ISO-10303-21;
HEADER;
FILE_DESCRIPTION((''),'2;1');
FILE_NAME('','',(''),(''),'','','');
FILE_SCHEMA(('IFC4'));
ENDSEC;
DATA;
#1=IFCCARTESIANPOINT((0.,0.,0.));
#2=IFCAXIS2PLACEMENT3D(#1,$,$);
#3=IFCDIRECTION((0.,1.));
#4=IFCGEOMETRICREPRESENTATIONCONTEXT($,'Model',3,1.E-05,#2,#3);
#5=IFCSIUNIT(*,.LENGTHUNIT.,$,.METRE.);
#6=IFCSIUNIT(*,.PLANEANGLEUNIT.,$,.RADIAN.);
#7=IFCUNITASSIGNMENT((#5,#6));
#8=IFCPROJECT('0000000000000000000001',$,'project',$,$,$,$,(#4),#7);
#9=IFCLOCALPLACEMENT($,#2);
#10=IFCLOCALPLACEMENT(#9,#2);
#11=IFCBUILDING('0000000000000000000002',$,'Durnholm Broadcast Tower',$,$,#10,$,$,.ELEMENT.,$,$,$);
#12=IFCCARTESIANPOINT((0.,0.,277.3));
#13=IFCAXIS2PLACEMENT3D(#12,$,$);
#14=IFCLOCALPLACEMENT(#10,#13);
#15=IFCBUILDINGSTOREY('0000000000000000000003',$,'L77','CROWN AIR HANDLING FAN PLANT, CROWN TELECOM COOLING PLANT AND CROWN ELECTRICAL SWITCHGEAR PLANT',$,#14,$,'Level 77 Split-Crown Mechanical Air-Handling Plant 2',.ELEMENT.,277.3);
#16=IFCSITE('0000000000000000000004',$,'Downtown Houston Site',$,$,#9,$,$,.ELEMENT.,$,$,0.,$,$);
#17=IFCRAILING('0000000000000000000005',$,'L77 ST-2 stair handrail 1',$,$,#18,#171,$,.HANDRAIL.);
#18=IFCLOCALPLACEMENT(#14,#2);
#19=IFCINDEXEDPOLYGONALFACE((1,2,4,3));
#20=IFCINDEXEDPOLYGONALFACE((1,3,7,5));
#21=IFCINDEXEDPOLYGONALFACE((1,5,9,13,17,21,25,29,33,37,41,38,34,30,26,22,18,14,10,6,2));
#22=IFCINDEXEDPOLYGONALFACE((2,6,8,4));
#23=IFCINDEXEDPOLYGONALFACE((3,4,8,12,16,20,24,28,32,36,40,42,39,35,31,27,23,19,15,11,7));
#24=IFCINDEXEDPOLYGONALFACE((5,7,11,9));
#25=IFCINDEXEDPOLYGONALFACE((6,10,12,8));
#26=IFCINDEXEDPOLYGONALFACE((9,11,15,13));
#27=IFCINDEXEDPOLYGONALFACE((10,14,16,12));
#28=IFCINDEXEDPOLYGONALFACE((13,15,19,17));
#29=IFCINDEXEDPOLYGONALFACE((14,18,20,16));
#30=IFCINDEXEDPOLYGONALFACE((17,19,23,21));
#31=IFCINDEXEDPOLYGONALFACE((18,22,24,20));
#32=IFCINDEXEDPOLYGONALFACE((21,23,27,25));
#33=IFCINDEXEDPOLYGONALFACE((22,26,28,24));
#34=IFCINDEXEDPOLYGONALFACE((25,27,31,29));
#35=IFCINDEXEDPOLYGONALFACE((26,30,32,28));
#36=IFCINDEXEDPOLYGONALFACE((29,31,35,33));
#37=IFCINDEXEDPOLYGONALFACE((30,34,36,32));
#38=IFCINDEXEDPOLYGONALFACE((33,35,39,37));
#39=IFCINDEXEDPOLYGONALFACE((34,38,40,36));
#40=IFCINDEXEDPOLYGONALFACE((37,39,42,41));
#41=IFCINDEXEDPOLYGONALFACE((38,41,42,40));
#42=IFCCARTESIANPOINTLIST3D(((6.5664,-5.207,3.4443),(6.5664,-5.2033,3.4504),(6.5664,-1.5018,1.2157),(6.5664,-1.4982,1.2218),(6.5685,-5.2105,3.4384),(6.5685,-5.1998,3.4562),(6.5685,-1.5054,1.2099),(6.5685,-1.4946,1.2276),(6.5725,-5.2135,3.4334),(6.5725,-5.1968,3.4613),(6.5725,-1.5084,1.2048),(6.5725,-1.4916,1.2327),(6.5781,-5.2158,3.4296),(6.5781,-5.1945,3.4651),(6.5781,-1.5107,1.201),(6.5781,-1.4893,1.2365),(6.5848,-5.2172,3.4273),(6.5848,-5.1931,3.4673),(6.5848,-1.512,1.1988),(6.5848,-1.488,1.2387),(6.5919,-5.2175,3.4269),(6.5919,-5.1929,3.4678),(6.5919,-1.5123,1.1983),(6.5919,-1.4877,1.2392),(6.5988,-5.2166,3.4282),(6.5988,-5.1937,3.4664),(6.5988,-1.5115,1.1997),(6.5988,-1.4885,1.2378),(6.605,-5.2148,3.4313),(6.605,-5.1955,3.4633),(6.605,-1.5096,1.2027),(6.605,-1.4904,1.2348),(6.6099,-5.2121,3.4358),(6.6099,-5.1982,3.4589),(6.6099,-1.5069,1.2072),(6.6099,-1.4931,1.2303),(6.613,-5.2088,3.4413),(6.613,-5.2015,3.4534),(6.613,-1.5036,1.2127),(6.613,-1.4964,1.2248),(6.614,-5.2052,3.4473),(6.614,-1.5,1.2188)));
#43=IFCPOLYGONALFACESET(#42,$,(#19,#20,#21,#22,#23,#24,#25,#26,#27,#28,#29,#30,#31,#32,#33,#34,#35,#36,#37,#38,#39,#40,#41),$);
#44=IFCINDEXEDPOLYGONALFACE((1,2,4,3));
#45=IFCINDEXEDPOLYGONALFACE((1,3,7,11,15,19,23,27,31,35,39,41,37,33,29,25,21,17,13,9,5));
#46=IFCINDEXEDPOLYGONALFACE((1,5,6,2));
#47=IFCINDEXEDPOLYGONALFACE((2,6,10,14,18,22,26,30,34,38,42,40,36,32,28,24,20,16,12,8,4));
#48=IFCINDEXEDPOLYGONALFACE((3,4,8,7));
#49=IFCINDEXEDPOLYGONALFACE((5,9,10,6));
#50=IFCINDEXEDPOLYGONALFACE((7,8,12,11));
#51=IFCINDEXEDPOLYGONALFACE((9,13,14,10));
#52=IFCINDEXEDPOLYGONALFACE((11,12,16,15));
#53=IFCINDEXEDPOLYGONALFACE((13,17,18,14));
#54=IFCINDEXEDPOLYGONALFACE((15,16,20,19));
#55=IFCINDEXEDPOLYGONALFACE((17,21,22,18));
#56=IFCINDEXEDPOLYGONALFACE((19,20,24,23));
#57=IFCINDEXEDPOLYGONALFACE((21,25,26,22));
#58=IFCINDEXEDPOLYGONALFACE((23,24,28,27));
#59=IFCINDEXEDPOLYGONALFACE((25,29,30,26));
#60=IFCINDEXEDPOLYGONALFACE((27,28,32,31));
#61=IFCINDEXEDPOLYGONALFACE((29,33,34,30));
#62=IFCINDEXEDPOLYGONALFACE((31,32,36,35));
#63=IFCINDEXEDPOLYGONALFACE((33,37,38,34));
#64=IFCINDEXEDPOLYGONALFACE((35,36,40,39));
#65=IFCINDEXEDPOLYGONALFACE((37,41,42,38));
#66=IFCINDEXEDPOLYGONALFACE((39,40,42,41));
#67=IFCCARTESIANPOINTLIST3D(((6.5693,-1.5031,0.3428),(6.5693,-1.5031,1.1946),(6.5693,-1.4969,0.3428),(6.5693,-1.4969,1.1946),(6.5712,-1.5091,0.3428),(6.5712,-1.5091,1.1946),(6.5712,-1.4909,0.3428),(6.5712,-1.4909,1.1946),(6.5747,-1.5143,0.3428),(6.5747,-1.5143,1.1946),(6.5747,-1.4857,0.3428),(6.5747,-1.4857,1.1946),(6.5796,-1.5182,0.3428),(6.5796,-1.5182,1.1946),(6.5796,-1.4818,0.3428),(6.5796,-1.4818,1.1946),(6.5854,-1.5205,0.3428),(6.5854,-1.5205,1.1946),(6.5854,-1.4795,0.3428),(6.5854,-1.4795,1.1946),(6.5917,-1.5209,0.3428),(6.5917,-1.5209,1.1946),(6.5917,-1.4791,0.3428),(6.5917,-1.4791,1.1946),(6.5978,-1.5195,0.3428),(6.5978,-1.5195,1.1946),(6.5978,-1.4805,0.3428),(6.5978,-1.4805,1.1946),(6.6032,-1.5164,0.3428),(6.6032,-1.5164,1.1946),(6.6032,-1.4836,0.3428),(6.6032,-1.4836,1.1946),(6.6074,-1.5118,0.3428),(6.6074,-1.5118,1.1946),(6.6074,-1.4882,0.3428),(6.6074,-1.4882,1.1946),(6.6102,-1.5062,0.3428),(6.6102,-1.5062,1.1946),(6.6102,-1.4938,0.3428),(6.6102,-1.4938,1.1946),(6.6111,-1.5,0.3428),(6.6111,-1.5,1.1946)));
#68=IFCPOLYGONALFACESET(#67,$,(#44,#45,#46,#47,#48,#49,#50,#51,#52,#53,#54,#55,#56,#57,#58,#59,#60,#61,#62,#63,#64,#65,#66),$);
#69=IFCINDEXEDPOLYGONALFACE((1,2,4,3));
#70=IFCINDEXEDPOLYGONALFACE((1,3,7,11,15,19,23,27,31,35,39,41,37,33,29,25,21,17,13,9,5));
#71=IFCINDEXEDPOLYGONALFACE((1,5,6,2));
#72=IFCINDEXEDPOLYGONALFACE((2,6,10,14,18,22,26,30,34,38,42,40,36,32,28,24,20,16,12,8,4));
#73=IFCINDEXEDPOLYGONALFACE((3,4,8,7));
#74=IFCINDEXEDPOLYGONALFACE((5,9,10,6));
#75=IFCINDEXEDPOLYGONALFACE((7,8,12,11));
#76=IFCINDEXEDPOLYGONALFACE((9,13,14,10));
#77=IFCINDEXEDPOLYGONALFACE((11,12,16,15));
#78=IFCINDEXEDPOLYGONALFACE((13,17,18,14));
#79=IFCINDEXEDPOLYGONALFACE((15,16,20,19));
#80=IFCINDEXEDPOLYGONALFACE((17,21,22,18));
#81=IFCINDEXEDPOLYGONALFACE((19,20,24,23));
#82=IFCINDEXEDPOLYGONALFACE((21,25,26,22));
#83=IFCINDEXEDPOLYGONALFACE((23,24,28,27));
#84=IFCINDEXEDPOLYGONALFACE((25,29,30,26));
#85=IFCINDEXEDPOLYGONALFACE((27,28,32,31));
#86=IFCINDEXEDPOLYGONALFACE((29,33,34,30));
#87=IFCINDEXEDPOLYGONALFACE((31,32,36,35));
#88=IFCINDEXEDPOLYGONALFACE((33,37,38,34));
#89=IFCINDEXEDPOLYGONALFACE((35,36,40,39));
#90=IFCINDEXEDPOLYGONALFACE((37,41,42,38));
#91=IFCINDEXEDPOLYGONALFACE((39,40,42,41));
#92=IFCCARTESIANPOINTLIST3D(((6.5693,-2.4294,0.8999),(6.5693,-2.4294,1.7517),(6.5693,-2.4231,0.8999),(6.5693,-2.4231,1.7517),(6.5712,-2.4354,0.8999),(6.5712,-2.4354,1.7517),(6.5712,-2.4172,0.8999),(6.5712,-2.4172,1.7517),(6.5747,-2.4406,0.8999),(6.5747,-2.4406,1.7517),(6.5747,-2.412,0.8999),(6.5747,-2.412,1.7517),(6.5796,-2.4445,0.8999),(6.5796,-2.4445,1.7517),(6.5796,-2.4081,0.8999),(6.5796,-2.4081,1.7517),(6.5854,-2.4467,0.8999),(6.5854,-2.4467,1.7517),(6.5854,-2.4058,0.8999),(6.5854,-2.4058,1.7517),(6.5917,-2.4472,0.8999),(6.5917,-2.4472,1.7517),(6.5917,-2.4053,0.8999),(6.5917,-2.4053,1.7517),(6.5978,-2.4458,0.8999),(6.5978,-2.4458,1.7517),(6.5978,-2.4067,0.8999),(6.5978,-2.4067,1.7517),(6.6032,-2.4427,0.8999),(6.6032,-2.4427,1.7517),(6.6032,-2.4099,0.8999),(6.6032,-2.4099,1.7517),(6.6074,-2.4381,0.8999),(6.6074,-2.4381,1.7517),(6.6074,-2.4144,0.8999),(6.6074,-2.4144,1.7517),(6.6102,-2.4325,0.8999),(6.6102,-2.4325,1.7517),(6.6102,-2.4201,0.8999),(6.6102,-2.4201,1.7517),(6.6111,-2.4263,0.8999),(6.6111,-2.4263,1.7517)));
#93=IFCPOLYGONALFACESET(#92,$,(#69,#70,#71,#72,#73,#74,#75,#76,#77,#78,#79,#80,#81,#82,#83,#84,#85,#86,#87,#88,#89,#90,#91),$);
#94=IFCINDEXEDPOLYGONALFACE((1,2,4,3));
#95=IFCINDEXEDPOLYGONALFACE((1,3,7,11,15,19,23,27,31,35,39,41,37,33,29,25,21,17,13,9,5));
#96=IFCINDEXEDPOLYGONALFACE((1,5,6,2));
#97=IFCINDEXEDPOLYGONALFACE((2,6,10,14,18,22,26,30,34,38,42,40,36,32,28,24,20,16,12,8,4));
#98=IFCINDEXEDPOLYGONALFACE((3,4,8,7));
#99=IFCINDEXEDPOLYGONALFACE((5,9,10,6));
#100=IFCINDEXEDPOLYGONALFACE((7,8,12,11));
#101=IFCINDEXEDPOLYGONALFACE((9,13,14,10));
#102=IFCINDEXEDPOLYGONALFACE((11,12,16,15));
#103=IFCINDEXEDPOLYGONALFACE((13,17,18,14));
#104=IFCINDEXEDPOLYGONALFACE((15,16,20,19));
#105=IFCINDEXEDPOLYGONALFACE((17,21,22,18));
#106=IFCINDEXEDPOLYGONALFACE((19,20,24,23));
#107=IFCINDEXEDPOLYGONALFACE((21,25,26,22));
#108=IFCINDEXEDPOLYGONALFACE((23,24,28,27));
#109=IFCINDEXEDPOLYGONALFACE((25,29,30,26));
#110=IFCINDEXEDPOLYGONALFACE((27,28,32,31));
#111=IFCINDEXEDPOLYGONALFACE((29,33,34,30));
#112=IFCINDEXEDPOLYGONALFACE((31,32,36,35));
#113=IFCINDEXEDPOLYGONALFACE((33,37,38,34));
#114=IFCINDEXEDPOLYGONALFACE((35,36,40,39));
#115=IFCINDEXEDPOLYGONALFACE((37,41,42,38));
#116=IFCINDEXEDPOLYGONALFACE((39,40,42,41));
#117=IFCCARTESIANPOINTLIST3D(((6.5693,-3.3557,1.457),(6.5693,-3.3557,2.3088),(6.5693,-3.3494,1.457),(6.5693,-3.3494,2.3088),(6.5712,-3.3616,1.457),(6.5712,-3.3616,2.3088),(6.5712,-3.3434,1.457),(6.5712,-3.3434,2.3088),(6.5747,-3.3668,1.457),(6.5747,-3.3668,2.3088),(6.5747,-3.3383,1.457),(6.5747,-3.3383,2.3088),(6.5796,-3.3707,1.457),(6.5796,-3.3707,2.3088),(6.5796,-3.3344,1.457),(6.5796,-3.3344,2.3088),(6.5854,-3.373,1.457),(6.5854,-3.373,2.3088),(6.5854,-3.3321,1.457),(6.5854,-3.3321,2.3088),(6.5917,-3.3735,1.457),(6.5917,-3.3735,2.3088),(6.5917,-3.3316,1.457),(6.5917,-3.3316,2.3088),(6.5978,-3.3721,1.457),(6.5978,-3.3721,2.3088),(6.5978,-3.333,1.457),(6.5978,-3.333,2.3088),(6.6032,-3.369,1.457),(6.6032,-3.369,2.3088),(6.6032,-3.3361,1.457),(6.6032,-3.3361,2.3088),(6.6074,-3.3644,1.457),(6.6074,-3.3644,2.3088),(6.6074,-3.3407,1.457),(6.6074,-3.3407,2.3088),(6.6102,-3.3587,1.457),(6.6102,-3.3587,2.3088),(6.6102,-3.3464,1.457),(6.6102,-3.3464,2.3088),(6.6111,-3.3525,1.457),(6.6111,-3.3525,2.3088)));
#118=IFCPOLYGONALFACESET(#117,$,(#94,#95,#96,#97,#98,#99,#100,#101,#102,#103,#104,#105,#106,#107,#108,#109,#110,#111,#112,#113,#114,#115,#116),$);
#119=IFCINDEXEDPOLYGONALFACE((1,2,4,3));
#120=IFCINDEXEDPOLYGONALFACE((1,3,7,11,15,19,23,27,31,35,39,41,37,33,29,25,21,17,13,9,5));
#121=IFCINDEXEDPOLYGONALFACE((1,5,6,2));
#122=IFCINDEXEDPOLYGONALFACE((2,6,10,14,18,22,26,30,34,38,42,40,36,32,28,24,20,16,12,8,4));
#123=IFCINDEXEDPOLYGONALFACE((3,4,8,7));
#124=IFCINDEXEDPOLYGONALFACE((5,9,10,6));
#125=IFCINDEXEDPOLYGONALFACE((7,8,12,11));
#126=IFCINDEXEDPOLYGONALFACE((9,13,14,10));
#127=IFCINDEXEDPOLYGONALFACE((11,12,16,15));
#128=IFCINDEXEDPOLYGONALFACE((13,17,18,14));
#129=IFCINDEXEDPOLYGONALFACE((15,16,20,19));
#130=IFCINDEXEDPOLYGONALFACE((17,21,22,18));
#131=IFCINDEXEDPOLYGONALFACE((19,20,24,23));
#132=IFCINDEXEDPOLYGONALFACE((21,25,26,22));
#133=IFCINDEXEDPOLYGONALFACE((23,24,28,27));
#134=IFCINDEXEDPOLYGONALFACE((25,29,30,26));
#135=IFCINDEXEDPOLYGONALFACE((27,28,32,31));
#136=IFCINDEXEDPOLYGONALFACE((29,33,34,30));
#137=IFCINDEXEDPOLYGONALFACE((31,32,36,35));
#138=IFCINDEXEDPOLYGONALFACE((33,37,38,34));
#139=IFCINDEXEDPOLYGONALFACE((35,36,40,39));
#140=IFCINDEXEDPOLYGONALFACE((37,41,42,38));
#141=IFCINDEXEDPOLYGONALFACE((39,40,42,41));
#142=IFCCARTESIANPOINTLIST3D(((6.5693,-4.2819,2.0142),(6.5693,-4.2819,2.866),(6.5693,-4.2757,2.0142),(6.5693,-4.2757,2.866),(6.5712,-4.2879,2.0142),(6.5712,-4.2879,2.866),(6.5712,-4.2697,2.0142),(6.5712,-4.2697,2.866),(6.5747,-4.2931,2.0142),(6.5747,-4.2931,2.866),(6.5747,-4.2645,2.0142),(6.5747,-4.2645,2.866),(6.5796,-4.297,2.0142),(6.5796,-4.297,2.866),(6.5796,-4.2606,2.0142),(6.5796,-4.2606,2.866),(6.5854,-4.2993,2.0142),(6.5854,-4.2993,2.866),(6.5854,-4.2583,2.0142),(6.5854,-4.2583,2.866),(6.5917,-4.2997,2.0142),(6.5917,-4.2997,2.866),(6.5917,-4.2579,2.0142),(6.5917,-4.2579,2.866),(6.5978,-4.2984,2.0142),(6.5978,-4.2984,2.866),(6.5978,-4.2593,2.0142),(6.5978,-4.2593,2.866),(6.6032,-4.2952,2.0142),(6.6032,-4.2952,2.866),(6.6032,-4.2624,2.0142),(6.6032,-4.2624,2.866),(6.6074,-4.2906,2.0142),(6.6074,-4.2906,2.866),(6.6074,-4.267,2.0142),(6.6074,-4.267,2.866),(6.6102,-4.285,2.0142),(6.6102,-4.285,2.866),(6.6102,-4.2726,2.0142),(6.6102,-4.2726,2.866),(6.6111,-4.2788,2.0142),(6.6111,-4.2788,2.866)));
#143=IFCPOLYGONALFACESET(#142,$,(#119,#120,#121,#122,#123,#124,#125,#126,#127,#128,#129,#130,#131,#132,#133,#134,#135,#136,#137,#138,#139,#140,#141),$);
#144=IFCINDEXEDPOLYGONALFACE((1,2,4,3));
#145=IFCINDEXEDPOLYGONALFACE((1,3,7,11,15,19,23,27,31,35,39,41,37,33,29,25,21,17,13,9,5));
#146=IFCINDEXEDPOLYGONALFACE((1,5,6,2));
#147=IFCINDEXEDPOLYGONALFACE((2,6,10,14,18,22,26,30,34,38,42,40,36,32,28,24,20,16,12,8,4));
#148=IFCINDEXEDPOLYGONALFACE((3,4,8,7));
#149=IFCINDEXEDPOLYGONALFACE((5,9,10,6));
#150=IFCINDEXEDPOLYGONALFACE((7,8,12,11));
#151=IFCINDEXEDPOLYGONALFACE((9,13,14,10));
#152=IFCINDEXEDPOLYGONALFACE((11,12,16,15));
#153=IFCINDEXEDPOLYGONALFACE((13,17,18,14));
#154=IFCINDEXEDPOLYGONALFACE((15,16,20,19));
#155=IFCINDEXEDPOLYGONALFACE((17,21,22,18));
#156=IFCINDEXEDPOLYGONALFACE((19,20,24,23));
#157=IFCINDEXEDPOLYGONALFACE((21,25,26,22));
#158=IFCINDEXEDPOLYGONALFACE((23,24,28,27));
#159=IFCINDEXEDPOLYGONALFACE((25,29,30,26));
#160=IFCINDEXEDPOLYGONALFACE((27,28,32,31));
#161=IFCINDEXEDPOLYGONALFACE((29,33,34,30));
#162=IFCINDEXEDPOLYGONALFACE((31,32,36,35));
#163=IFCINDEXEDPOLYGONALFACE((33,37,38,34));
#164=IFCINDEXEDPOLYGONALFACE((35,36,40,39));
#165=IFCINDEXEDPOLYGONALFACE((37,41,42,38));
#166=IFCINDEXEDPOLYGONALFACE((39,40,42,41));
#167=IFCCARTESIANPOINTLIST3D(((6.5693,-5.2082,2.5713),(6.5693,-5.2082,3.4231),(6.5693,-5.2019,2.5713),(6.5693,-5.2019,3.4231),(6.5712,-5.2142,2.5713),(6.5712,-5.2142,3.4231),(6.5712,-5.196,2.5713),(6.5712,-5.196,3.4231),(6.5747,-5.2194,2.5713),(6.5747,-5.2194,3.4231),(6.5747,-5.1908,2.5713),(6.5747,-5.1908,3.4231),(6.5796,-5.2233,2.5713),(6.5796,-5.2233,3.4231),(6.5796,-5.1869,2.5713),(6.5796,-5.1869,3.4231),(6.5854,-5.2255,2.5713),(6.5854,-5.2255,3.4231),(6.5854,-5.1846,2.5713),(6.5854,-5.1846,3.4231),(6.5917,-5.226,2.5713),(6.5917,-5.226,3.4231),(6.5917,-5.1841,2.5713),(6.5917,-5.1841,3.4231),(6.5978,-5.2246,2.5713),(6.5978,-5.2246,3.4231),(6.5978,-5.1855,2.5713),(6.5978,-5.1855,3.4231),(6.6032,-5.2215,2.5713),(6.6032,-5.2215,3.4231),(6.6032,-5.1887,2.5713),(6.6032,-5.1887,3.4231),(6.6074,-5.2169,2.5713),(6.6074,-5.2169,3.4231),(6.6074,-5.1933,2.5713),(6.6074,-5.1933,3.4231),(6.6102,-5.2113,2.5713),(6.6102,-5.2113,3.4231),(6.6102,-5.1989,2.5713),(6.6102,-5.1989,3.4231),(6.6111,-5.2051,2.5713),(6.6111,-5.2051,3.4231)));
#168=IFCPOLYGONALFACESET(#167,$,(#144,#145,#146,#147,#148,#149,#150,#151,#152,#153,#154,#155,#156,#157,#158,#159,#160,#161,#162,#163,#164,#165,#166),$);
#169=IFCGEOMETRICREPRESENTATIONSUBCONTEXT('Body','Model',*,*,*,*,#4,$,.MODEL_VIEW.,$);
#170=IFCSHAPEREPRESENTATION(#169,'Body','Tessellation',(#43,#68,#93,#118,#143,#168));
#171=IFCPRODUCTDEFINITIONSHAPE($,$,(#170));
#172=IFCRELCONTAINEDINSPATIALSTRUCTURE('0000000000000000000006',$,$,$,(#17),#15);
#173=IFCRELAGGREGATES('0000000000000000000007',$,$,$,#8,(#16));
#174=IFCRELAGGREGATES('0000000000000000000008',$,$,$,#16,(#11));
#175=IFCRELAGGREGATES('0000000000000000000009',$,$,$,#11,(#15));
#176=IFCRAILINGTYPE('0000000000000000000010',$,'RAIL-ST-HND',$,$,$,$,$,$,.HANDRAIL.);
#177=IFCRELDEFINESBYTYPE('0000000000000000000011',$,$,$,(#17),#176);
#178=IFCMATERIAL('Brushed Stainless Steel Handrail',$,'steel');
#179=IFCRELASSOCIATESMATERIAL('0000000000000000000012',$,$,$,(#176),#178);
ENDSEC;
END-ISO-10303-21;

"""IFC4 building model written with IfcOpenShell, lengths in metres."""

from ifc_helpers import new_model, si_unit, direction, frame, origin, origin_2d, place, context, subcontext, project, spatial, circle, extrude, material, type_object, element, save


model = new_model("IFC4")

# Units and contexts
model_context = context("Model", 3, precision=1e-05, world=origin(), true_north=direction((0.0, 1.0)))
body_context = subcontext(model_context, "Body", "Model", "MODEL_VIEW")
ifc_project = project(units=[si_unit("LENGTHUNIT", "METRE"), si_unit("PLANEANGLEUNIT", "RADIAN")], contexts=[model_context])

# Site, building, storey
site_placement = place(None, origin())
site = spatial("IfcSite", under=ifc_project, at=site_placement, Name="Downtown Houston Site", CompositionType="ELEMENT", RefElevation=0.0)
building_placement = place(site_placement, origin())
building = spatial("IfcBuilding", under=site, at=building_placement, Name="Durnholm Broadcast Tower", CompositionType="ELEMENT")
storey_placement = place(building_placement, frame((0.0, 0.0, 277.3)))
storey = spatial("IfcBuildingStorey", under=building, at=storey_placement, Name="L77", Description="CROWN AIR HANDLING FAN PLANT, CROWN TELECOM COOLING PLANT AND CROWN ELECTRICAL SWITCHGEAR PLANT", LongName="Level 77 Split-Crown Mechanical Air-Handling Plant 2", CompositionType="ELEMENT", Elevation=277.3)

# Railing
ifc_material_1 = material(Name="Brushed Stainless Steel Handrail", Category="steel")
railing_type_1 = type_object("IfcRailingType", Name="RAIL-ST-HND", PredefinedType="HANDRAIL", material=ifc_material_1)
railing_1_placement = place(storey_placement, frame((6.5901, -1.5, 0.3428)))
element("IfcRailing", 1, at=railing_1_placement, inside=storey, type_object=railing_type_1, Name="L77 ST-2 stair handrail 1", PredefinedType="HANDRAIL", context=body_context, shape_type="SweptSolid", body=[
    extrude(circle(Radius=0.0239, at=origin_2d()), frame((0.0, 0.0, 0.876), z_axis=(0.0, -0.856934, 0.515425), x_axis=(1.0, 0.0, 0.0)), (0.0, 0.0, 1.0), 4.3237),
    extrude(circle(Radius=0.021, at=origin_2d()), origin(), (0.0, 0.0, 1.0), 0.8518),
    extrude(circle(Radius=0.021, at=origin_2d()), frame((0.0, -0.9263, 0.5571)), (0.0, 0.0, 1.0), 0.8518),
    extrude(circle(Radius=0.021, at=origin_2d()), frame((0.0, -1.8525, 1.1143)), (0.0, 0.0, 1.0), 0.8518),
    extrude(circle(Radius=0.021, at=origin_2d()), frame((0.0, -2.7788, 1.6714)), (0.0, 0.0, 1.0), 0.8518),
    extrude(circle(Radius=0.021, at=origin_2d()), frame((0.0, -3.7051, 2.2285)), (0.0, 0.0, 1.0), 0.8518),
])

save(model, "model.ifc")
